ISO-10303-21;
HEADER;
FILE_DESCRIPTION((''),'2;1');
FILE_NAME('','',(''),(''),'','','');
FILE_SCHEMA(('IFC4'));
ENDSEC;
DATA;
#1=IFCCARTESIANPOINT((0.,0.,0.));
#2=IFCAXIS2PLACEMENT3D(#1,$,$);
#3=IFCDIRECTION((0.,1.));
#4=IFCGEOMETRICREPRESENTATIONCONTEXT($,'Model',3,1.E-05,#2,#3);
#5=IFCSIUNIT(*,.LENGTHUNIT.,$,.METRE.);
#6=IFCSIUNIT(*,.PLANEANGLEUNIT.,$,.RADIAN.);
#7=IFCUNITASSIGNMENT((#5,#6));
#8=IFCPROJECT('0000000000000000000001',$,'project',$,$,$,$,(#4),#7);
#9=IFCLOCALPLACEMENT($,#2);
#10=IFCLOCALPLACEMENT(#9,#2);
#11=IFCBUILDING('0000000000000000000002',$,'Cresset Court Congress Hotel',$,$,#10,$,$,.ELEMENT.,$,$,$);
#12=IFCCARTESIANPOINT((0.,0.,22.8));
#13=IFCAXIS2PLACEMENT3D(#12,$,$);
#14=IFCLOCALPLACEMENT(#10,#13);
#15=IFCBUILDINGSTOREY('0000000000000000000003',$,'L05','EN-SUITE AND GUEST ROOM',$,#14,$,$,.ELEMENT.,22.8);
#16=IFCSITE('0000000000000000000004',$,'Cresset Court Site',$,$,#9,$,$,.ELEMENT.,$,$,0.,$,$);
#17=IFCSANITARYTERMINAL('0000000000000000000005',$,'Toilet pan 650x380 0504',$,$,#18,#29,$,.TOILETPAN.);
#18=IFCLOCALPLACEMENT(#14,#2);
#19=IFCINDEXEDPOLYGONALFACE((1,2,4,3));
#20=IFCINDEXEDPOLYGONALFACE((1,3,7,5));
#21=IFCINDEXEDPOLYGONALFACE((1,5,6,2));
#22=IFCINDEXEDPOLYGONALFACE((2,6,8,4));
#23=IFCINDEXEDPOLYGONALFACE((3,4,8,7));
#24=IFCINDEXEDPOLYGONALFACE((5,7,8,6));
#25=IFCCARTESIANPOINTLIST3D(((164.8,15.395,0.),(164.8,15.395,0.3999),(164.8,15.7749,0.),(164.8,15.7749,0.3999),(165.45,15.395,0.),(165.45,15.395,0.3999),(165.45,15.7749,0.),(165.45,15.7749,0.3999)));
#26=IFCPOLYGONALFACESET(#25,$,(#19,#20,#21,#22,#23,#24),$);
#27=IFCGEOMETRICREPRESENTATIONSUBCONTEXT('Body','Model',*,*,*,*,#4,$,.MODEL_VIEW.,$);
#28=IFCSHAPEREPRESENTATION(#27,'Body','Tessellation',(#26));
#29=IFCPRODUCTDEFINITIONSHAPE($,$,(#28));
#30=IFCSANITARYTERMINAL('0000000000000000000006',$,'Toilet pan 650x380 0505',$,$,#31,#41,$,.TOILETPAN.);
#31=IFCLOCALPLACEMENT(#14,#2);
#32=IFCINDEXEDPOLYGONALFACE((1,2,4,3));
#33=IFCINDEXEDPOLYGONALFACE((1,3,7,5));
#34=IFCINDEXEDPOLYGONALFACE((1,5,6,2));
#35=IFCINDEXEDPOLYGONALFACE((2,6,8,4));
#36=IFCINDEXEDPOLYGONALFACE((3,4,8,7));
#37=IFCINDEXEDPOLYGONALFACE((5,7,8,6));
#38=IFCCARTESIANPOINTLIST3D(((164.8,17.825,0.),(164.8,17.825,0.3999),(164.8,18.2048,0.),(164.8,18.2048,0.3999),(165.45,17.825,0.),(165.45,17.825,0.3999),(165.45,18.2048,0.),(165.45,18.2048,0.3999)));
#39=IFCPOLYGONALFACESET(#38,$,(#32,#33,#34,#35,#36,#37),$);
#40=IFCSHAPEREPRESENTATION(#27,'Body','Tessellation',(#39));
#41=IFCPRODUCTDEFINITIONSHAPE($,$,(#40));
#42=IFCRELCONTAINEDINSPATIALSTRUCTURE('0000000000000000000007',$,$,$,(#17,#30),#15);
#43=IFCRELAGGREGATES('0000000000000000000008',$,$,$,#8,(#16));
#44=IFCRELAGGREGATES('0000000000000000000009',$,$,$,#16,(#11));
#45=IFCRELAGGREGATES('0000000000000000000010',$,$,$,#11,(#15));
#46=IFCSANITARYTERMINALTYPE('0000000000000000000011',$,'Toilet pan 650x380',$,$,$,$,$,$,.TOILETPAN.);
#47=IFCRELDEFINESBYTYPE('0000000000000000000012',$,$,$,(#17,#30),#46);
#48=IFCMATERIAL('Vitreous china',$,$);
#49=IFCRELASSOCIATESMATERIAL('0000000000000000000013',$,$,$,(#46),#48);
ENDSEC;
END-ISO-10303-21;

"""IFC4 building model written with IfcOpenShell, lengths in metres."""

from ifc_helpers import new_model, si_unit, direction, frame, origin, origin_2d, place, context, subcontext, project, spatial, rectangle, extrude, material, type_object, element, save


model = new_model("IFC4")

# Units and contexts
model_context = context("Model", 3, precision=1e-05, world=origin(), true_north=direction((0.0, 1.0)))
body_context = subcontext(model_context, "Body", "Model", "MODEL_VIEW")
ifc_project = project(units=[si_unit("LENGTHUNIT", "METRE"), si_unit("PLANEANGLEUNIT", "RADIAN")], contexts=[model_context])

# Site, building, storey
site_placement = place(None, origin())
site = spatial("IfcSite", under=ifc_project, at=site_placement, Name="Cresset Court Site", CompositionType="ELEMENT", RefElevation=0.0)
building_placement = place(site_placement, origin())
building = spatial("IfcBuilding", under=site, at=building_placement, Name="Cresset Court Congress Hotel", CompositionType="ELEMENT")
storey_placement = place(building_placement, frame((0.0, 0.0, 22.8)))
storey = spatial("IfcBuildingStorey", under=building, at=storey_placement, Name="L05", Description="EN-SUITE AND GUEST ROOM", CompositionType="ELEMENT", Elevation=22.8)

# Sanitary terminals
ifc_material_1 = material(Name="Vitreous china")
sanitary_terminal_type_1 = type_object("IfcSanitaryTerminalType", Name="Toilet pan 650x380", PredefinedType="TOILETPAN", material=ifc_material_1)
for number, where, z_axis, x_axis, name in (
    (1, (165.125, 15.585, 0.0), (0.0, 0.0, 1.0), (1.0, 0.0, 0.0), "Toilet pan 650x380 0504"),
    (2, (165.125, 18.0149, 0.0), (0.0, 0.0, 1.0), (1.0, 0.0, 0.0), "Toilet pan 650x380 0505"),
):
    element("IfcSanitaryTerminal", number, at=place(storey_placement, frame(where, z_axis=z_axis, x_axis=x_axis)), inside=storey, type_object=sanitary_terminal_type_1, Name=name, PredefinedType="TOILETPAN", context=body_context, shape_type="SweptSolid", body=[
        extrude(rectangle(XDim=0.6499, YDim=0.3799, at=origin_2d()), origin(), (0.0, 0.0, 1.0), 0.3999),
    ])

save(model, "model.ifc")
